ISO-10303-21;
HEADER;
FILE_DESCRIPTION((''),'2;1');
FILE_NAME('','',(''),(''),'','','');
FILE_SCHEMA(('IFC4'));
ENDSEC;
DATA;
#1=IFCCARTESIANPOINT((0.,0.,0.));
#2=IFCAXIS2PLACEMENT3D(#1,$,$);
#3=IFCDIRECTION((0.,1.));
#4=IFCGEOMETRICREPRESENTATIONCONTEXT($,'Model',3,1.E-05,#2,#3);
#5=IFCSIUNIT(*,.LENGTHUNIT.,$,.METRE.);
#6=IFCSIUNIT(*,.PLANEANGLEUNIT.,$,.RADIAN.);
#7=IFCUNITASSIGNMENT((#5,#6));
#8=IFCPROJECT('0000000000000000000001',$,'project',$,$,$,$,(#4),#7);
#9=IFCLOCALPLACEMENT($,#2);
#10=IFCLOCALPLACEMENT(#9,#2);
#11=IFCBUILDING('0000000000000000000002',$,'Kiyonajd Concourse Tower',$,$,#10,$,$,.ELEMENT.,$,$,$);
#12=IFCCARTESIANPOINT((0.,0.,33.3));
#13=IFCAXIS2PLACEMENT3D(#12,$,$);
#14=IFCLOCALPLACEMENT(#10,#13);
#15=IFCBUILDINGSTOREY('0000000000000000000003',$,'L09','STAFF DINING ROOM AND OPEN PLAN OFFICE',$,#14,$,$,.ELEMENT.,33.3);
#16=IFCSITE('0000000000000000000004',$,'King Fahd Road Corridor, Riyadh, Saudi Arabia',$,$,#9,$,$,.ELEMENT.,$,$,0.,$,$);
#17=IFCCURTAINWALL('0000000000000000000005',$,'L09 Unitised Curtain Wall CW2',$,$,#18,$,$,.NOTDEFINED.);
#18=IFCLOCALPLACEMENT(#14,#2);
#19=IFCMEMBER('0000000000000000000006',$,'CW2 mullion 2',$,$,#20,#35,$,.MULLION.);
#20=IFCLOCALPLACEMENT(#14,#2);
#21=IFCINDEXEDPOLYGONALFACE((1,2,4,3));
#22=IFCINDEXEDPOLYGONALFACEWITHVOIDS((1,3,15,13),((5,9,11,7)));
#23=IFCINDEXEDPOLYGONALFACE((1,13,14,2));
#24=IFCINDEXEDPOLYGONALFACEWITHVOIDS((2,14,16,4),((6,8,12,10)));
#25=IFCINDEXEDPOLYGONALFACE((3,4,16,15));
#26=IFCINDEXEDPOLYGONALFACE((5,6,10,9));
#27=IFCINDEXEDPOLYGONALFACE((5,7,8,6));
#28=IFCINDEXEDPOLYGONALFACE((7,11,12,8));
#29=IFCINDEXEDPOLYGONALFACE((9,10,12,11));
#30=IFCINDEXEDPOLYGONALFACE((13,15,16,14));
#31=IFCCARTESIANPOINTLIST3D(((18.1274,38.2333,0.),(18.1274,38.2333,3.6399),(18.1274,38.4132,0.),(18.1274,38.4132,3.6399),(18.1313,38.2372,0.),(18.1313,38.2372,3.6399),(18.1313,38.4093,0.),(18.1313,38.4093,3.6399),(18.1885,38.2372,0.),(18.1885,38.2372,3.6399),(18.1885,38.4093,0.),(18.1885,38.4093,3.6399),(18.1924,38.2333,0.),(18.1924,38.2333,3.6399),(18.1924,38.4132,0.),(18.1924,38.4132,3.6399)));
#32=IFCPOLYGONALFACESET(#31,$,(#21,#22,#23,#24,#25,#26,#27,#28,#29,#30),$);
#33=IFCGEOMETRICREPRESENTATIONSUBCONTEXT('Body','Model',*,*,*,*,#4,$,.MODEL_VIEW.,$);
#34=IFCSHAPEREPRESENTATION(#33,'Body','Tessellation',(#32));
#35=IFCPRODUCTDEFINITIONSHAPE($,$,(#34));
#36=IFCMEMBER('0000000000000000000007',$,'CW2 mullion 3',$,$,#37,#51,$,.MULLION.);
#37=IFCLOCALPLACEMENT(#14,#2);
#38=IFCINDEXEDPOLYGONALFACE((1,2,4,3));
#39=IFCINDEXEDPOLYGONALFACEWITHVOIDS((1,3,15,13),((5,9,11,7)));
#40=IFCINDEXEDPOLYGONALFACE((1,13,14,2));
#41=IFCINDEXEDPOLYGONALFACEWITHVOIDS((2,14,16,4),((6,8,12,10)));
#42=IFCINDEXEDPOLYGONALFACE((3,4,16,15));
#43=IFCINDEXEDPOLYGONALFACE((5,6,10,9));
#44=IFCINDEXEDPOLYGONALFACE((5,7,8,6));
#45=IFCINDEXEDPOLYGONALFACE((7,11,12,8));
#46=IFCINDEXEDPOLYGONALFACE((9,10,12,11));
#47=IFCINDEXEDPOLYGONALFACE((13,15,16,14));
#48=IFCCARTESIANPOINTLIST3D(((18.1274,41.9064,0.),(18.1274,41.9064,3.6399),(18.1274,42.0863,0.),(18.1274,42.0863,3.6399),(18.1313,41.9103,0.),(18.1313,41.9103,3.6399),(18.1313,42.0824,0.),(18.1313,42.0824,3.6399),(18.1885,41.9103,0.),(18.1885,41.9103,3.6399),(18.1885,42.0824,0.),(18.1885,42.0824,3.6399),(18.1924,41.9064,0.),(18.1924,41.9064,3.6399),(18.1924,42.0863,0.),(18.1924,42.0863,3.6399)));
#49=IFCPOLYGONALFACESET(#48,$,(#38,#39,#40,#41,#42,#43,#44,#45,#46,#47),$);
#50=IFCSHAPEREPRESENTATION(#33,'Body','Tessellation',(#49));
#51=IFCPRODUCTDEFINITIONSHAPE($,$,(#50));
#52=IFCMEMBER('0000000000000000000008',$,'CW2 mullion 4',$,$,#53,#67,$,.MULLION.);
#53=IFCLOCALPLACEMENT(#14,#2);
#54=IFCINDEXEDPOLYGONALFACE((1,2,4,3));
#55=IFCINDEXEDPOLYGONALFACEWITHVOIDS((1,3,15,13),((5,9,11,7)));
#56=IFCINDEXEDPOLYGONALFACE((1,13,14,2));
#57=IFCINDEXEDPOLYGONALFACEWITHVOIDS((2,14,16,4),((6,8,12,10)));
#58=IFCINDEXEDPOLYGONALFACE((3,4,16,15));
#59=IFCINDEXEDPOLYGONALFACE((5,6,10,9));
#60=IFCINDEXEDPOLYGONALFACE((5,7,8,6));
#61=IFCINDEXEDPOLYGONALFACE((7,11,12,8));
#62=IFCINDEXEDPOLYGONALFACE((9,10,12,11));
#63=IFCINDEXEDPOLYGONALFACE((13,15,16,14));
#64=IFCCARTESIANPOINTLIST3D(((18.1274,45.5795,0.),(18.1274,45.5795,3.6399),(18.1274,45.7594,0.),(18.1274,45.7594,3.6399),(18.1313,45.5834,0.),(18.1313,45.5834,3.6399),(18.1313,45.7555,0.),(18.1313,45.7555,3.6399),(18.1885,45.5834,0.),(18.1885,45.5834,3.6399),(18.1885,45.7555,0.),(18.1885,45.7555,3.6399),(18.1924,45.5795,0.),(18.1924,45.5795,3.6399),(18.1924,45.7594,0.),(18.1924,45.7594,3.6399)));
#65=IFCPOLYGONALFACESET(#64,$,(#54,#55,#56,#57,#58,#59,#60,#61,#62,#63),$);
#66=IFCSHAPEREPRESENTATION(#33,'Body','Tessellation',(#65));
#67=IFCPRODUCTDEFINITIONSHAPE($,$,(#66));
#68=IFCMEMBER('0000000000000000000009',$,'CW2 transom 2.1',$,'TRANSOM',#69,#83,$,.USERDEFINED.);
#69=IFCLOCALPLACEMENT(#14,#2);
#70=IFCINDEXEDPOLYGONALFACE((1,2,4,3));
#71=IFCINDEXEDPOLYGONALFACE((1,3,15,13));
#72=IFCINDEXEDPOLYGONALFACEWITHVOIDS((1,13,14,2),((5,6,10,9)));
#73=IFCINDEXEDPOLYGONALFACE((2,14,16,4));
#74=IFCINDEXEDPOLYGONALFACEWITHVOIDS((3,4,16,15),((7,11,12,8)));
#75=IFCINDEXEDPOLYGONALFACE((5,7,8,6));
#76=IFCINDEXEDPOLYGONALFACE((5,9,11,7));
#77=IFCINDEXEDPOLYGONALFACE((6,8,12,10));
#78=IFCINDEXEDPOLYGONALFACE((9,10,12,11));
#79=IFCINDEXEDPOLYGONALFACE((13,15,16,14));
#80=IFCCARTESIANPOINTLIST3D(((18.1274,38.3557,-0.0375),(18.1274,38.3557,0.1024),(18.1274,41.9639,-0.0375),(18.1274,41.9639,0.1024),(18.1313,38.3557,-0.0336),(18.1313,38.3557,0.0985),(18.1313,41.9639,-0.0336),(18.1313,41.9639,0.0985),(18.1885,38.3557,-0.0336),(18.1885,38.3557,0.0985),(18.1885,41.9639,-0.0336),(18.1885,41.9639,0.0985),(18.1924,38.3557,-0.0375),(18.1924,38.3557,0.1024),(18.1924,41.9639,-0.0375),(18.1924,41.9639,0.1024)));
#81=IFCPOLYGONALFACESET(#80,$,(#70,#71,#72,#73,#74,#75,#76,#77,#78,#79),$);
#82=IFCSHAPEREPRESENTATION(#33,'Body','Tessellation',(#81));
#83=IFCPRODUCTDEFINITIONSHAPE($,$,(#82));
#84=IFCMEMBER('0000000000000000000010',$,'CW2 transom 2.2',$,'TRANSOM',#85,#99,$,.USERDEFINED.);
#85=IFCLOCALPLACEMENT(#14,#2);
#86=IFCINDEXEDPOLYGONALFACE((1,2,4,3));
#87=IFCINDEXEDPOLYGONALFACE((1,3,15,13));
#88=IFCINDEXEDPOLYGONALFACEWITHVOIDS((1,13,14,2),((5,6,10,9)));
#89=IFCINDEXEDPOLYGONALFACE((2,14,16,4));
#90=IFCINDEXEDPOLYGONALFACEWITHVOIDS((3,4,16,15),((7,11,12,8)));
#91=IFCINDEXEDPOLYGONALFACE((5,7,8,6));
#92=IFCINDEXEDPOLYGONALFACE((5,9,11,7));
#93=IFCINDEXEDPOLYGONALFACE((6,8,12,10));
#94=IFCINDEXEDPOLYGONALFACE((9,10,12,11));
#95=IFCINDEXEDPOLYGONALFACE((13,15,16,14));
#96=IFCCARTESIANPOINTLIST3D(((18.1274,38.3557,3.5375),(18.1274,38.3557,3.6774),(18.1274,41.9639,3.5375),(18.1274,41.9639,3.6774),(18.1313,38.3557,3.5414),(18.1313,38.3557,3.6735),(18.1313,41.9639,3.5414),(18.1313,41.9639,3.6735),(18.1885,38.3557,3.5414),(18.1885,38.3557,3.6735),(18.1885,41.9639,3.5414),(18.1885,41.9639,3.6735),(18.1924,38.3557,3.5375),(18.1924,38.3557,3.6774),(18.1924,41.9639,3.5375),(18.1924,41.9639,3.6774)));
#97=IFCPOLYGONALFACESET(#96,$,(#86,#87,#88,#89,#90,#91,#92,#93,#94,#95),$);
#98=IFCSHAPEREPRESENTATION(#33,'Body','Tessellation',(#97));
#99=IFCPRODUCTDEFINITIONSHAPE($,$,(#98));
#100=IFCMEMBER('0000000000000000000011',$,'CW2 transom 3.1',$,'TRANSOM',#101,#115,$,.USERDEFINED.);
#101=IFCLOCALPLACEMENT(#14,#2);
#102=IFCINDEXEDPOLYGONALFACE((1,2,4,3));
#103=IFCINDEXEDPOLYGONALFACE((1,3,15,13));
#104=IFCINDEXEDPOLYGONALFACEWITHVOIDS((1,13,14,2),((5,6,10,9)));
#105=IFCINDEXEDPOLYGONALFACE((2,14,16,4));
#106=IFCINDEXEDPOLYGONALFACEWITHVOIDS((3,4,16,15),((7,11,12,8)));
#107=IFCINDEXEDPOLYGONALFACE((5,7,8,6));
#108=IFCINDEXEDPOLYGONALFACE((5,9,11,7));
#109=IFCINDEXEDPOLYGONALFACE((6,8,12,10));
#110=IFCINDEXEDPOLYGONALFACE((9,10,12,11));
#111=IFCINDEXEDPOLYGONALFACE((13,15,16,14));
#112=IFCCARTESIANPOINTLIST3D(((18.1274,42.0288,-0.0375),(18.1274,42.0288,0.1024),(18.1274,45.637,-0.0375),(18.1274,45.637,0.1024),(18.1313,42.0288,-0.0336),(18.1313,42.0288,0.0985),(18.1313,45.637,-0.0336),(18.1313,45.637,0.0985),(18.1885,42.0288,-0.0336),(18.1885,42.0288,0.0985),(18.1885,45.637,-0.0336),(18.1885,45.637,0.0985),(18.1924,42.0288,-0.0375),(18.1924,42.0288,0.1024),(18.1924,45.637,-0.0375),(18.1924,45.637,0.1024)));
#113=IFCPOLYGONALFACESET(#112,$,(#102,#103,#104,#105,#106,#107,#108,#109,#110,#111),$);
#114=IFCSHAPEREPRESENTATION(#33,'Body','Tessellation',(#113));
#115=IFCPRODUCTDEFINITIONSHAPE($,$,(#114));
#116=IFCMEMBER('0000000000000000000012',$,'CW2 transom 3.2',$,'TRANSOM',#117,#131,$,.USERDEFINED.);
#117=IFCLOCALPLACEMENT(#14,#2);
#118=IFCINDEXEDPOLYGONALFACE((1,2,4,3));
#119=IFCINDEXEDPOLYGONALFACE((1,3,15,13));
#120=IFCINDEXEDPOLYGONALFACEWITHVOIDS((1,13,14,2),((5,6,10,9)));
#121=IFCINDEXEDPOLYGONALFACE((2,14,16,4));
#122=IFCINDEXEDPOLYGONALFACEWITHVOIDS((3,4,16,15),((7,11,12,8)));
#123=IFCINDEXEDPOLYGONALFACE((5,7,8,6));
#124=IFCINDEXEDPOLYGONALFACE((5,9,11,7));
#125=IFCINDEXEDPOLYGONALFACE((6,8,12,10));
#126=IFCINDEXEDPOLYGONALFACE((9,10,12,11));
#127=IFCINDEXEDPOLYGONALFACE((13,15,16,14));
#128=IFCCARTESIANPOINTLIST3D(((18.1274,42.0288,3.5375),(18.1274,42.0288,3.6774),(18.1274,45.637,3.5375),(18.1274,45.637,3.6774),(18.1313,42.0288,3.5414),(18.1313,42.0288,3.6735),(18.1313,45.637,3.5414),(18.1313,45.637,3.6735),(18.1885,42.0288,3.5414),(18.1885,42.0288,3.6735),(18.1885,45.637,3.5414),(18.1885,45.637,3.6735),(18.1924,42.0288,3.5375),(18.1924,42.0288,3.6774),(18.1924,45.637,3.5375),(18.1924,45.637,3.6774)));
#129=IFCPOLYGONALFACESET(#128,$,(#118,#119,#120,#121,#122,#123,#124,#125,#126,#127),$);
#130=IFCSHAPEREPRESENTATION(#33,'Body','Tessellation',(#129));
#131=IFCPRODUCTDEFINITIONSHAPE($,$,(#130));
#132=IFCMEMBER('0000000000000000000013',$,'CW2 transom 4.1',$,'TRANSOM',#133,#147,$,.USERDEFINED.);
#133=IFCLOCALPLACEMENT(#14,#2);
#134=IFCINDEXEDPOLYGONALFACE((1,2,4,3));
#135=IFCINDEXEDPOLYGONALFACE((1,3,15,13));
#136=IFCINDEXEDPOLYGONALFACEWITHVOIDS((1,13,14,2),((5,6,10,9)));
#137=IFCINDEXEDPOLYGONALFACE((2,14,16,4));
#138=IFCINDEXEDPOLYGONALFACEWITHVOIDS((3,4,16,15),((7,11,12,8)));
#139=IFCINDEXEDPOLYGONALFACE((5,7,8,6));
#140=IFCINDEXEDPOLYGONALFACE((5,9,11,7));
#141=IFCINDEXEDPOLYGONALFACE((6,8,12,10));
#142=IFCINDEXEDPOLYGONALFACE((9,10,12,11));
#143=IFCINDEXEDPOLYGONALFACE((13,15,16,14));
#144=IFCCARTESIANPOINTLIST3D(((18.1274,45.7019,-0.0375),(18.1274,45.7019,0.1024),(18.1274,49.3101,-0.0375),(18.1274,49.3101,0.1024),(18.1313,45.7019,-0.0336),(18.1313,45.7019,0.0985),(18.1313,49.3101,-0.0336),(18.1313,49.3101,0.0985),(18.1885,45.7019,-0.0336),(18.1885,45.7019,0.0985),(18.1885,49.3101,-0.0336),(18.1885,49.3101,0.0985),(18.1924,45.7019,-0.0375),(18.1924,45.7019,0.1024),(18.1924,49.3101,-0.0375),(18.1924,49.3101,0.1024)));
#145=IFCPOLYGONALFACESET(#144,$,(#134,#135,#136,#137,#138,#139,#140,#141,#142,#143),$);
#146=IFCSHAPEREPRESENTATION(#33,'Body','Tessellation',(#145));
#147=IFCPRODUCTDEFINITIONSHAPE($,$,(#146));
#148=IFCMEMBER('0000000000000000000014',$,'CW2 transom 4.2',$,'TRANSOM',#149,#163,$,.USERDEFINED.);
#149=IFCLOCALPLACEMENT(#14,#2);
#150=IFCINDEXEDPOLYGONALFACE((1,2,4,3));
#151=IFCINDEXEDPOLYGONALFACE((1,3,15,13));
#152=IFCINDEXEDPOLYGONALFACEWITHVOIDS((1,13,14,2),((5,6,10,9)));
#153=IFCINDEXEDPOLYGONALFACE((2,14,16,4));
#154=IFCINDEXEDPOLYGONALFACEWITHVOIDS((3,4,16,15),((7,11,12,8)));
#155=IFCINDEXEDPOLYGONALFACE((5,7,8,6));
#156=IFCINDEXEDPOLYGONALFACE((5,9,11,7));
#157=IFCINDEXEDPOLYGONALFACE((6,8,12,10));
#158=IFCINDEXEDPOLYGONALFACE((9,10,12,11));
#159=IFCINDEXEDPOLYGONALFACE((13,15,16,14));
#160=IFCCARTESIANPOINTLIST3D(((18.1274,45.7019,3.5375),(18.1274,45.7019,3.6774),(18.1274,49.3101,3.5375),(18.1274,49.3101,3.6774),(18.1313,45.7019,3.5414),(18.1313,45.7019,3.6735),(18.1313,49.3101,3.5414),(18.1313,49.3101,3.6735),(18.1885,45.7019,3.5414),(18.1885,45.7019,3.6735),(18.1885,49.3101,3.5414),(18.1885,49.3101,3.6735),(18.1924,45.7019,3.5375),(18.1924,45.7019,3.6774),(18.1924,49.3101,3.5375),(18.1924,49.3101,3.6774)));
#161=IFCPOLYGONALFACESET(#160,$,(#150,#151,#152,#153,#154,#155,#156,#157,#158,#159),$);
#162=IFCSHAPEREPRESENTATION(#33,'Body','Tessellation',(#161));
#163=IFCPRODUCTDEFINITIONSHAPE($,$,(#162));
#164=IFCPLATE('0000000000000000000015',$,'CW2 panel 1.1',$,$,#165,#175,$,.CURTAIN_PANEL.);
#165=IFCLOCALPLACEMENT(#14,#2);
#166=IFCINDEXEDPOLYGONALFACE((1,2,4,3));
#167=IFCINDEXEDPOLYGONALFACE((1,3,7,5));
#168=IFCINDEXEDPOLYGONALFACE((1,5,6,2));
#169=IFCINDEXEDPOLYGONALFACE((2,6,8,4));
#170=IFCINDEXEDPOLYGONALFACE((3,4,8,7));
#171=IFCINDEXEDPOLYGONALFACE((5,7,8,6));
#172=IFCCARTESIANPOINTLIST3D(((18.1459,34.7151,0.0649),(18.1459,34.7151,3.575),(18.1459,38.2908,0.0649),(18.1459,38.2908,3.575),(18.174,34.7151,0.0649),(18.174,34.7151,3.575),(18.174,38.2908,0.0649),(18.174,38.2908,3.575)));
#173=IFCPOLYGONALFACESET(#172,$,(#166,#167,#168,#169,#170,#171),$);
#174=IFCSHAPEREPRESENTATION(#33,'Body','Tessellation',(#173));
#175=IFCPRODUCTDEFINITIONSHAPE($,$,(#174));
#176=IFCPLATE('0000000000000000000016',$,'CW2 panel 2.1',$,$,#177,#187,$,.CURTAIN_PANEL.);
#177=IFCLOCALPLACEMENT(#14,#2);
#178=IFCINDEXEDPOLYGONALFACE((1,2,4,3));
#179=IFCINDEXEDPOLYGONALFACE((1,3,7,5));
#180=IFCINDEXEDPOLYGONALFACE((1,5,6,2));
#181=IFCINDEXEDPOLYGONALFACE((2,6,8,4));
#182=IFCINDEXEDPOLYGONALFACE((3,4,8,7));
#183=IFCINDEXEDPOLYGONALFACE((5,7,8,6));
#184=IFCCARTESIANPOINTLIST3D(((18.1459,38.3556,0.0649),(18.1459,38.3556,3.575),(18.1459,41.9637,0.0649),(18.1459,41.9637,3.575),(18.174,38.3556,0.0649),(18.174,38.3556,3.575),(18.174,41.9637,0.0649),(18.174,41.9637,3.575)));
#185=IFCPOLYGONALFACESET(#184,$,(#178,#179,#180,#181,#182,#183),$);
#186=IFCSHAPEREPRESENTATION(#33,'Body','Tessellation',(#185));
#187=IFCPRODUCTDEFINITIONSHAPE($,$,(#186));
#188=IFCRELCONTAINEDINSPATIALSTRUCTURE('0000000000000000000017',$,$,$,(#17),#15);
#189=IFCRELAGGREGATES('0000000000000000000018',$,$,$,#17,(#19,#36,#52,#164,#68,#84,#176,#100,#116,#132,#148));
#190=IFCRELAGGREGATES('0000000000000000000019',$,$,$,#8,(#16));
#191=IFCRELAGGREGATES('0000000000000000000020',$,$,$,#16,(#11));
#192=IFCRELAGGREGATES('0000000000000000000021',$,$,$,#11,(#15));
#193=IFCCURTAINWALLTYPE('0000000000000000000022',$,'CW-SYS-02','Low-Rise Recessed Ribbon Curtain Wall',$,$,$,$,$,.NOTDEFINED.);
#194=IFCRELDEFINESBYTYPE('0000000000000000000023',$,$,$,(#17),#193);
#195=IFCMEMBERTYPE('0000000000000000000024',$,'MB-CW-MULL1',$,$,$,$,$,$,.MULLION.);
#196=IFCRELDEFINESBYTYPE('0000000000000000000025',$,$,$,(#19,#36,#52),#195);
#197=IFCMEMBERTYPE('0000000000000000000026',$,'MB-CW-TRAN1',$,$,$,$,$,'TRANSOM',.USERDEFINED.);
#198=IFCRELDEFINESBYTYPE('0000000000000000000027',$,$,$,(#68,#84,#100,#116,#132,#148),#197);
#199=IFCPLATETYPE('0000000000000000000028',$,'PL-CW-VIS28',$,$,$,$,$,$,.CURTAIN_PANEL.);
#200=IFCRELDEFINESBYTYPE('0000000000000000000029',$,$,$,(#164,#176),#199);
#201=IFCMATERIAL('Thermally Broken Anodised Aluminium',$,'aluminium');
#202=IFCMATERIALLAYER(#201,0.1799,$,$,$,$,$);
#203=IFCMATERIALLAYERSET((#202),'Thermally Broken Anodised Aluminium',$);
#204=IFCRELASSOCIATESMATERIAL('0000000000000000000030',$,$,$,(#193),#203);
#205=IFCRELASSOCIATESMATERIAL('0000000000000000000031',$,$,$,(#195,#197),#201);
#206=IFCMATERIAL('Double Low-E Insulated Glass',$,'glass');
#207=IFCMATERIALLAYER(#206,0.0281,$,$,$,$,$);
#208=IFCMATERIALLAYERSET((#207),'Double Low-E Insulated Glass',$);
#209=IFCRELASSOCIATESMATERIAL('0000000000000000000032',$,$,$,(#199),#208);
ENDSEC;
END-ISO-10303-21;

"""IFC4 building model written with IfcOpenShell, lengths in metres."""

from ifc_helpers import new_model, si_unit, direction, frame, origin, origin_2d, place, context, subcontext, project, spatial, rectangle, hollow_rectangle, extrude, material, layer, layer_set, material_profile, profile_set, type_object, element, aggregate, save


model = new_model("IFC4")

# Units and contexts
model_context = context("Model", 3, precision=1e-05, world=origin(), true_north=direction((0.0, 1.0)))
body_context = subcontext(model_context, "Body", "Model", "MODEL_VIEW")
ifc_project = project(units=[si_unit("LENGTHUNIT", "METRE"), si_unit("PLANEANGLEUNIT", "RADIAN")], contexts=[model_context])

# Site, building, storey
site_placement = place(None, origin())
site = spatial("IfcSite", under=ifc_project, at=site_placement, Name="King Fahd Road Corridor, Riyadh, Saudi Arabia", CompositionType="ELEMENT", RefElevation=0.0)
building_placement = place(site_placement, origin())
building = spatial("IfcBuilding", under=site, at=building_placement, Name="Kiyonajd Concourse Tower", CompositionType="ELEMENT")
storey_placement = place(building_placement, frame((0.0, 0.0, 33.3)))
storey = spatial("IfcBuildingStorey", under=building, at=storey_placement, Name="L09", Description="STAFF DINING ROOM AND OPEN PLAN OFFICE", CompositionType="ELEMENT", Elevation=33.3)

# Curtain wall, members, plates
ifc_material_1 = material(Name="Thermally Broken Anodised Aluminium", Category="aluminium")
ifc_layer_1 = layer(ifc_material_1, 0.1799)
ifc_layer_set_1 = layer_set([ifc_layer_1], Name="Thermally Broken Anodised Aluminium")
curtain_wall_type = type_object("IfcCurtainWallType", Name="CW-SYS-02", Description="Low-Rise Recessed Ribbon Curtain Wall", PredefinedType="NOTDEFINED", material=ifc_layer_set_1)
curtain_wall_placement = place(storey_placement, origin())
curtain_wall = element("IfcCurtainWall", 1, at=curtain_wall_placement, inside=storey, type_object=curtain_wall_type, Name="L09 Unitised Curtain Wall CW2", PredefinedType="NOTDEFINED")
ifc_material_profile_1 = material_profile(ifc_material_1, hollow_rectangle(XDim=0.0649, YDim=0.1799, WallThickness=0.0039, at=origin_2d()), Name="MULL-65x180")
ifc_profile_set_1 = profile_set([ifc_material_profile_1], Name="Thermally Broken Anodised Aluminium")
member_type_1 = type_object("IfcMemberType", Name="MB-CW-MULL1", PredefinedType="MULLION", material=ifc_profile_set_1)
member_1_placement = place(storey_placement, frame((18.1599, 38.3232, 0.0), z_axis=(0.0, 0.0, 1.0), x_axis=(-1.0, 0.0, 0.0)))
member_1 = element("IfcMember", 2, at=member_1_placement, type_object=member_type_1, Name="CW2 mullion 2", PredefinedType="MULLION", context=body_context, shape_type="SweptSolid", body=[
    extrude(hollow_rectangle(XDim=0.0649, YDim=0.1799, WallThickness=0.0039, at=origin_2d()), origin(), (0.0, 0.0, 1.0), 3.6399),
])
member_2_placement = place(storey_placement, frame((18.1599, 41.9963, 0.0), z_axis=(0.0, 0.0, 1.0), x_axis=(-1.0, 0.0, 0.0)))
member_2 = element("IfcMember", 3, at=member_2_placement, type_object=member_type_1, Name="CW2 mullion 3", PredefinedType="MULLION", context=body_context, shape_type="SweptSolid", body=[
    extrude(hollow_rectangle(XDim=0.0649, YDim=0.1799, WallThickness=0.0039, at=origin_2d()), origin(), (0.0, 0.0, 1.0), 3.6399),
])
member_3_placement = place(storey_placement, frame((18.1599, 45.6694, 0.0), z_axis=(0.0, 0.0, 1.0), x_axis=(-1.0, 0.0, 0.0)))
member_3 = element("IfcMember", 4, at=member_3_placement, type_object=member_type_1, Name="CW2 mullion 4", PredefinedType="MULLION", context=body_context, shape_type="SweptSolid", body=[
    extrude(hollow_rectangle(XDim=0.0649, YDim=0.1799, WallThickness=0.0039, at=origin_2d()), origin(), (0.0, 0.0, 1.0), 3.6399),
])
ifc_material_profile_2 = material_profile(ifc_material_1, hollow_rectangle(XDim=0.0649, YDim=0.1399, WallThickness=0.0039, at=origin_2d()), Name="TRAN-65x140")
ifc_profile_set_2 = profile_set([ifc_material_profile_2], Name="Thermally Broken Anodised Aluminium")
member_type_2 = type_object("IfcMemberType", Name="MB-CW-TRAN1", ElementType="TRANSOM", PredefinedType="USERDEFINED", material=ifc_profile_set_2)
member_4_placement = place(storey_placement, frame((18.1599, 38.3557, 0.0325), z_axis=(0.0, 1.0, 0.0), x_axis=(-1.0, 0.0, 0.0)))
member_4 = element("IfcMember", 5, at=member_4_placement, type_object=member_type_2, Name="CW2 transom 2.1", ObjectType="TRANSOM", PredefinedType="USERDEFINED", context=body_context, shape_type="SweptSolid", body=[
    extrude(hollow_rectangle(XDim=0.0649, YDim=0.1399, WallThickness=0.0039, at=origin_2d()), origin(), (0.0, 0.0, 1.0), 3.6082),
])
member_5_placement = place(storey_placement, frame((18.1599, 38.3557, 3.6074), z_axis=(0.0, 1.0, 0.0), x_axis=(-1.0, 0.0, 0.0)))
member_5 = element("IfcMember", 6, at=member_5_placement, type_object=member_type_2, Name="CW2 transom 2.2", ObjectType="TRANSOM", PredefinedType="USERDEFINED", context=body_context, shape_type="SweptSolid", body=[
    extrude(hollow_rectangle(XDim=0.0649, YDim=0.1399, WallThickness=0.0039, at=origin_2d()), origin(), (0.0, 0.0, 1.0), 3.6082),
])
member_6_placement = place(storey_placement, frame((18.1599, 42.0288, 0.0325), z_axis=(0.0, 1.0, 0.0), x_axis=(-1.0, 0.0, 0.0)))
member_6 = element("IfcMember", 7, at=member_6_placement, type_object=member_type_2, Name="CW2 transom 3.1", ObjectType="TRANSOM", PredefinedType="USERDEFINED", context=body_context, shape_type="SweptSolid", body=[
    extrude(hollow_rectangle(XDim=0.0649, YDim=0.1399, WallThickness=0.0039, at=origin_2d()), origin(), (0.0, 0.0, 1.0), 3.6082),
])
member_7_placement = place(storey_placement, frame((18.1599, 42.0288, 3.6074), z_axis=(0.0, 1.0, 0.0), x_axis=(-1.0, 0.0, 0.0)))
member_7 = element("IfcMember", 8, at=member_7_placement, type_object=member_type_2, Name="CW2 transom 3.2", ObjectType="TRANSOM", PredefinedType="USERDEFINED", context=body_context, shape_type="SweptSolid", body=[
    extrude(hollow_rectangle(XDim=0.0649, YDim=0.1399, WallThickness=0.0039, at=origin_2d()), origin(), (0.0, 0.0, 1.0), 3.6082),
])
member_8_placement = place(storey_placement, frame((18.1599, 45.7019, 0.0325), z_axis=(0.0, 1.0, 0.0), x_axis=(-1.0, 0.0, 0.0)))
member_8 = element("IfcMember", 9, at=member_8_placement, type_object=member_type_2, Name="CW2 transom 4.1", ObjectType="TRANSOM", PredefinedType="USERDEFINED", context=body_context, shape_type="SweptSolid", body=[
    extrude(hollow_rectangle(XDim=0.0649, YDim=0.1399, WallThickness=0.0039, at=origin_2d()), origin(), (0.0, 0.0, 1.0), 3.6082),
])
member_9_placement = place(storey_placement, frame((18.1599, 45.7019, 3.6074), z_axis=(0.0, 1.0, 0.0), x_axis=(-1.0, 0.0, 0.0)))
member_9 = element("IfcMember", 10, at=member_9_placement, type_object=member_type_2, Name="CW2 transom 4.2", ObjectType="TRANSOM", PredefinedType="USERDEFINED", context=body_context, shape_type="SweptSolid", body=[
    extrude(hollow_rectangle(XDim=0.0649, YDim=0.1399, WallThickness=0.0039, at=origin_2d()), origin(), (0.0, 0.0, 1.0), 3.6082),
])
ifc_material_2 = material(Name="Double Low-E Insulated Glass", Category="glass")
ifc_layer_2 = layer(ifc_material_2, 0.0281)
ifc_layer_set_2 = layer_set([ifc_layer_2], Name="Double Low-E Insulated Glass")
plate_type = type_object("IfcPlateType", Name="PL-CW-VIS28", PredefinedType="CURTAIN_PANEL", material=ifc_layer_set_2)
plate_1_placement = place(storey_placement, frame((18.1599, 36.5029, 0.0649), z_axis=(0.0, 0.0, 1.0), x_axis=(0.0, 1.0, 0.0)))
plate_1 = element("IfcPlate", 11, at=plate_1_placement, type_object=plate_type, Name="CW2 panel 1.1", PredefinedType="CURTAIN_PANEL", context=body_context, shape_type="SweptSolid", body=[
    extrude(rectangle(XDim=3.5757, YDim=0.0281, at=origin_2d()), origin(), (0.0, 0.0, 1.0), 3.51),
])
plate_2_placement = place(storey_placement, frame((18.1599, 40.1597, 0.0649), z_axis=(0.0, 0.0, 1.0), x_axis=(0.0, 1.0, 0.0)))
plate_2 = element("IfcPlate", 12, at=plate_2_placement, type_object=plate_type, Name="CW2 panel 2.1", PredefinedType="CURTAIN_PANEL", context=body_context, shape_type="SweptSolid", body=[
    extrude(rectangle(XDim=3.6082, YDim=0.0281, at=origin_2d()), origin(), (0.0, 0.0, 1.0), 3.51),
])
aggregate(curtain_wall, [member_1, member_2, member_3, plate_1, member_4, member_5, plate_2, member_6, member_7, member_8, member_9])

save(model, "model.ifc")
